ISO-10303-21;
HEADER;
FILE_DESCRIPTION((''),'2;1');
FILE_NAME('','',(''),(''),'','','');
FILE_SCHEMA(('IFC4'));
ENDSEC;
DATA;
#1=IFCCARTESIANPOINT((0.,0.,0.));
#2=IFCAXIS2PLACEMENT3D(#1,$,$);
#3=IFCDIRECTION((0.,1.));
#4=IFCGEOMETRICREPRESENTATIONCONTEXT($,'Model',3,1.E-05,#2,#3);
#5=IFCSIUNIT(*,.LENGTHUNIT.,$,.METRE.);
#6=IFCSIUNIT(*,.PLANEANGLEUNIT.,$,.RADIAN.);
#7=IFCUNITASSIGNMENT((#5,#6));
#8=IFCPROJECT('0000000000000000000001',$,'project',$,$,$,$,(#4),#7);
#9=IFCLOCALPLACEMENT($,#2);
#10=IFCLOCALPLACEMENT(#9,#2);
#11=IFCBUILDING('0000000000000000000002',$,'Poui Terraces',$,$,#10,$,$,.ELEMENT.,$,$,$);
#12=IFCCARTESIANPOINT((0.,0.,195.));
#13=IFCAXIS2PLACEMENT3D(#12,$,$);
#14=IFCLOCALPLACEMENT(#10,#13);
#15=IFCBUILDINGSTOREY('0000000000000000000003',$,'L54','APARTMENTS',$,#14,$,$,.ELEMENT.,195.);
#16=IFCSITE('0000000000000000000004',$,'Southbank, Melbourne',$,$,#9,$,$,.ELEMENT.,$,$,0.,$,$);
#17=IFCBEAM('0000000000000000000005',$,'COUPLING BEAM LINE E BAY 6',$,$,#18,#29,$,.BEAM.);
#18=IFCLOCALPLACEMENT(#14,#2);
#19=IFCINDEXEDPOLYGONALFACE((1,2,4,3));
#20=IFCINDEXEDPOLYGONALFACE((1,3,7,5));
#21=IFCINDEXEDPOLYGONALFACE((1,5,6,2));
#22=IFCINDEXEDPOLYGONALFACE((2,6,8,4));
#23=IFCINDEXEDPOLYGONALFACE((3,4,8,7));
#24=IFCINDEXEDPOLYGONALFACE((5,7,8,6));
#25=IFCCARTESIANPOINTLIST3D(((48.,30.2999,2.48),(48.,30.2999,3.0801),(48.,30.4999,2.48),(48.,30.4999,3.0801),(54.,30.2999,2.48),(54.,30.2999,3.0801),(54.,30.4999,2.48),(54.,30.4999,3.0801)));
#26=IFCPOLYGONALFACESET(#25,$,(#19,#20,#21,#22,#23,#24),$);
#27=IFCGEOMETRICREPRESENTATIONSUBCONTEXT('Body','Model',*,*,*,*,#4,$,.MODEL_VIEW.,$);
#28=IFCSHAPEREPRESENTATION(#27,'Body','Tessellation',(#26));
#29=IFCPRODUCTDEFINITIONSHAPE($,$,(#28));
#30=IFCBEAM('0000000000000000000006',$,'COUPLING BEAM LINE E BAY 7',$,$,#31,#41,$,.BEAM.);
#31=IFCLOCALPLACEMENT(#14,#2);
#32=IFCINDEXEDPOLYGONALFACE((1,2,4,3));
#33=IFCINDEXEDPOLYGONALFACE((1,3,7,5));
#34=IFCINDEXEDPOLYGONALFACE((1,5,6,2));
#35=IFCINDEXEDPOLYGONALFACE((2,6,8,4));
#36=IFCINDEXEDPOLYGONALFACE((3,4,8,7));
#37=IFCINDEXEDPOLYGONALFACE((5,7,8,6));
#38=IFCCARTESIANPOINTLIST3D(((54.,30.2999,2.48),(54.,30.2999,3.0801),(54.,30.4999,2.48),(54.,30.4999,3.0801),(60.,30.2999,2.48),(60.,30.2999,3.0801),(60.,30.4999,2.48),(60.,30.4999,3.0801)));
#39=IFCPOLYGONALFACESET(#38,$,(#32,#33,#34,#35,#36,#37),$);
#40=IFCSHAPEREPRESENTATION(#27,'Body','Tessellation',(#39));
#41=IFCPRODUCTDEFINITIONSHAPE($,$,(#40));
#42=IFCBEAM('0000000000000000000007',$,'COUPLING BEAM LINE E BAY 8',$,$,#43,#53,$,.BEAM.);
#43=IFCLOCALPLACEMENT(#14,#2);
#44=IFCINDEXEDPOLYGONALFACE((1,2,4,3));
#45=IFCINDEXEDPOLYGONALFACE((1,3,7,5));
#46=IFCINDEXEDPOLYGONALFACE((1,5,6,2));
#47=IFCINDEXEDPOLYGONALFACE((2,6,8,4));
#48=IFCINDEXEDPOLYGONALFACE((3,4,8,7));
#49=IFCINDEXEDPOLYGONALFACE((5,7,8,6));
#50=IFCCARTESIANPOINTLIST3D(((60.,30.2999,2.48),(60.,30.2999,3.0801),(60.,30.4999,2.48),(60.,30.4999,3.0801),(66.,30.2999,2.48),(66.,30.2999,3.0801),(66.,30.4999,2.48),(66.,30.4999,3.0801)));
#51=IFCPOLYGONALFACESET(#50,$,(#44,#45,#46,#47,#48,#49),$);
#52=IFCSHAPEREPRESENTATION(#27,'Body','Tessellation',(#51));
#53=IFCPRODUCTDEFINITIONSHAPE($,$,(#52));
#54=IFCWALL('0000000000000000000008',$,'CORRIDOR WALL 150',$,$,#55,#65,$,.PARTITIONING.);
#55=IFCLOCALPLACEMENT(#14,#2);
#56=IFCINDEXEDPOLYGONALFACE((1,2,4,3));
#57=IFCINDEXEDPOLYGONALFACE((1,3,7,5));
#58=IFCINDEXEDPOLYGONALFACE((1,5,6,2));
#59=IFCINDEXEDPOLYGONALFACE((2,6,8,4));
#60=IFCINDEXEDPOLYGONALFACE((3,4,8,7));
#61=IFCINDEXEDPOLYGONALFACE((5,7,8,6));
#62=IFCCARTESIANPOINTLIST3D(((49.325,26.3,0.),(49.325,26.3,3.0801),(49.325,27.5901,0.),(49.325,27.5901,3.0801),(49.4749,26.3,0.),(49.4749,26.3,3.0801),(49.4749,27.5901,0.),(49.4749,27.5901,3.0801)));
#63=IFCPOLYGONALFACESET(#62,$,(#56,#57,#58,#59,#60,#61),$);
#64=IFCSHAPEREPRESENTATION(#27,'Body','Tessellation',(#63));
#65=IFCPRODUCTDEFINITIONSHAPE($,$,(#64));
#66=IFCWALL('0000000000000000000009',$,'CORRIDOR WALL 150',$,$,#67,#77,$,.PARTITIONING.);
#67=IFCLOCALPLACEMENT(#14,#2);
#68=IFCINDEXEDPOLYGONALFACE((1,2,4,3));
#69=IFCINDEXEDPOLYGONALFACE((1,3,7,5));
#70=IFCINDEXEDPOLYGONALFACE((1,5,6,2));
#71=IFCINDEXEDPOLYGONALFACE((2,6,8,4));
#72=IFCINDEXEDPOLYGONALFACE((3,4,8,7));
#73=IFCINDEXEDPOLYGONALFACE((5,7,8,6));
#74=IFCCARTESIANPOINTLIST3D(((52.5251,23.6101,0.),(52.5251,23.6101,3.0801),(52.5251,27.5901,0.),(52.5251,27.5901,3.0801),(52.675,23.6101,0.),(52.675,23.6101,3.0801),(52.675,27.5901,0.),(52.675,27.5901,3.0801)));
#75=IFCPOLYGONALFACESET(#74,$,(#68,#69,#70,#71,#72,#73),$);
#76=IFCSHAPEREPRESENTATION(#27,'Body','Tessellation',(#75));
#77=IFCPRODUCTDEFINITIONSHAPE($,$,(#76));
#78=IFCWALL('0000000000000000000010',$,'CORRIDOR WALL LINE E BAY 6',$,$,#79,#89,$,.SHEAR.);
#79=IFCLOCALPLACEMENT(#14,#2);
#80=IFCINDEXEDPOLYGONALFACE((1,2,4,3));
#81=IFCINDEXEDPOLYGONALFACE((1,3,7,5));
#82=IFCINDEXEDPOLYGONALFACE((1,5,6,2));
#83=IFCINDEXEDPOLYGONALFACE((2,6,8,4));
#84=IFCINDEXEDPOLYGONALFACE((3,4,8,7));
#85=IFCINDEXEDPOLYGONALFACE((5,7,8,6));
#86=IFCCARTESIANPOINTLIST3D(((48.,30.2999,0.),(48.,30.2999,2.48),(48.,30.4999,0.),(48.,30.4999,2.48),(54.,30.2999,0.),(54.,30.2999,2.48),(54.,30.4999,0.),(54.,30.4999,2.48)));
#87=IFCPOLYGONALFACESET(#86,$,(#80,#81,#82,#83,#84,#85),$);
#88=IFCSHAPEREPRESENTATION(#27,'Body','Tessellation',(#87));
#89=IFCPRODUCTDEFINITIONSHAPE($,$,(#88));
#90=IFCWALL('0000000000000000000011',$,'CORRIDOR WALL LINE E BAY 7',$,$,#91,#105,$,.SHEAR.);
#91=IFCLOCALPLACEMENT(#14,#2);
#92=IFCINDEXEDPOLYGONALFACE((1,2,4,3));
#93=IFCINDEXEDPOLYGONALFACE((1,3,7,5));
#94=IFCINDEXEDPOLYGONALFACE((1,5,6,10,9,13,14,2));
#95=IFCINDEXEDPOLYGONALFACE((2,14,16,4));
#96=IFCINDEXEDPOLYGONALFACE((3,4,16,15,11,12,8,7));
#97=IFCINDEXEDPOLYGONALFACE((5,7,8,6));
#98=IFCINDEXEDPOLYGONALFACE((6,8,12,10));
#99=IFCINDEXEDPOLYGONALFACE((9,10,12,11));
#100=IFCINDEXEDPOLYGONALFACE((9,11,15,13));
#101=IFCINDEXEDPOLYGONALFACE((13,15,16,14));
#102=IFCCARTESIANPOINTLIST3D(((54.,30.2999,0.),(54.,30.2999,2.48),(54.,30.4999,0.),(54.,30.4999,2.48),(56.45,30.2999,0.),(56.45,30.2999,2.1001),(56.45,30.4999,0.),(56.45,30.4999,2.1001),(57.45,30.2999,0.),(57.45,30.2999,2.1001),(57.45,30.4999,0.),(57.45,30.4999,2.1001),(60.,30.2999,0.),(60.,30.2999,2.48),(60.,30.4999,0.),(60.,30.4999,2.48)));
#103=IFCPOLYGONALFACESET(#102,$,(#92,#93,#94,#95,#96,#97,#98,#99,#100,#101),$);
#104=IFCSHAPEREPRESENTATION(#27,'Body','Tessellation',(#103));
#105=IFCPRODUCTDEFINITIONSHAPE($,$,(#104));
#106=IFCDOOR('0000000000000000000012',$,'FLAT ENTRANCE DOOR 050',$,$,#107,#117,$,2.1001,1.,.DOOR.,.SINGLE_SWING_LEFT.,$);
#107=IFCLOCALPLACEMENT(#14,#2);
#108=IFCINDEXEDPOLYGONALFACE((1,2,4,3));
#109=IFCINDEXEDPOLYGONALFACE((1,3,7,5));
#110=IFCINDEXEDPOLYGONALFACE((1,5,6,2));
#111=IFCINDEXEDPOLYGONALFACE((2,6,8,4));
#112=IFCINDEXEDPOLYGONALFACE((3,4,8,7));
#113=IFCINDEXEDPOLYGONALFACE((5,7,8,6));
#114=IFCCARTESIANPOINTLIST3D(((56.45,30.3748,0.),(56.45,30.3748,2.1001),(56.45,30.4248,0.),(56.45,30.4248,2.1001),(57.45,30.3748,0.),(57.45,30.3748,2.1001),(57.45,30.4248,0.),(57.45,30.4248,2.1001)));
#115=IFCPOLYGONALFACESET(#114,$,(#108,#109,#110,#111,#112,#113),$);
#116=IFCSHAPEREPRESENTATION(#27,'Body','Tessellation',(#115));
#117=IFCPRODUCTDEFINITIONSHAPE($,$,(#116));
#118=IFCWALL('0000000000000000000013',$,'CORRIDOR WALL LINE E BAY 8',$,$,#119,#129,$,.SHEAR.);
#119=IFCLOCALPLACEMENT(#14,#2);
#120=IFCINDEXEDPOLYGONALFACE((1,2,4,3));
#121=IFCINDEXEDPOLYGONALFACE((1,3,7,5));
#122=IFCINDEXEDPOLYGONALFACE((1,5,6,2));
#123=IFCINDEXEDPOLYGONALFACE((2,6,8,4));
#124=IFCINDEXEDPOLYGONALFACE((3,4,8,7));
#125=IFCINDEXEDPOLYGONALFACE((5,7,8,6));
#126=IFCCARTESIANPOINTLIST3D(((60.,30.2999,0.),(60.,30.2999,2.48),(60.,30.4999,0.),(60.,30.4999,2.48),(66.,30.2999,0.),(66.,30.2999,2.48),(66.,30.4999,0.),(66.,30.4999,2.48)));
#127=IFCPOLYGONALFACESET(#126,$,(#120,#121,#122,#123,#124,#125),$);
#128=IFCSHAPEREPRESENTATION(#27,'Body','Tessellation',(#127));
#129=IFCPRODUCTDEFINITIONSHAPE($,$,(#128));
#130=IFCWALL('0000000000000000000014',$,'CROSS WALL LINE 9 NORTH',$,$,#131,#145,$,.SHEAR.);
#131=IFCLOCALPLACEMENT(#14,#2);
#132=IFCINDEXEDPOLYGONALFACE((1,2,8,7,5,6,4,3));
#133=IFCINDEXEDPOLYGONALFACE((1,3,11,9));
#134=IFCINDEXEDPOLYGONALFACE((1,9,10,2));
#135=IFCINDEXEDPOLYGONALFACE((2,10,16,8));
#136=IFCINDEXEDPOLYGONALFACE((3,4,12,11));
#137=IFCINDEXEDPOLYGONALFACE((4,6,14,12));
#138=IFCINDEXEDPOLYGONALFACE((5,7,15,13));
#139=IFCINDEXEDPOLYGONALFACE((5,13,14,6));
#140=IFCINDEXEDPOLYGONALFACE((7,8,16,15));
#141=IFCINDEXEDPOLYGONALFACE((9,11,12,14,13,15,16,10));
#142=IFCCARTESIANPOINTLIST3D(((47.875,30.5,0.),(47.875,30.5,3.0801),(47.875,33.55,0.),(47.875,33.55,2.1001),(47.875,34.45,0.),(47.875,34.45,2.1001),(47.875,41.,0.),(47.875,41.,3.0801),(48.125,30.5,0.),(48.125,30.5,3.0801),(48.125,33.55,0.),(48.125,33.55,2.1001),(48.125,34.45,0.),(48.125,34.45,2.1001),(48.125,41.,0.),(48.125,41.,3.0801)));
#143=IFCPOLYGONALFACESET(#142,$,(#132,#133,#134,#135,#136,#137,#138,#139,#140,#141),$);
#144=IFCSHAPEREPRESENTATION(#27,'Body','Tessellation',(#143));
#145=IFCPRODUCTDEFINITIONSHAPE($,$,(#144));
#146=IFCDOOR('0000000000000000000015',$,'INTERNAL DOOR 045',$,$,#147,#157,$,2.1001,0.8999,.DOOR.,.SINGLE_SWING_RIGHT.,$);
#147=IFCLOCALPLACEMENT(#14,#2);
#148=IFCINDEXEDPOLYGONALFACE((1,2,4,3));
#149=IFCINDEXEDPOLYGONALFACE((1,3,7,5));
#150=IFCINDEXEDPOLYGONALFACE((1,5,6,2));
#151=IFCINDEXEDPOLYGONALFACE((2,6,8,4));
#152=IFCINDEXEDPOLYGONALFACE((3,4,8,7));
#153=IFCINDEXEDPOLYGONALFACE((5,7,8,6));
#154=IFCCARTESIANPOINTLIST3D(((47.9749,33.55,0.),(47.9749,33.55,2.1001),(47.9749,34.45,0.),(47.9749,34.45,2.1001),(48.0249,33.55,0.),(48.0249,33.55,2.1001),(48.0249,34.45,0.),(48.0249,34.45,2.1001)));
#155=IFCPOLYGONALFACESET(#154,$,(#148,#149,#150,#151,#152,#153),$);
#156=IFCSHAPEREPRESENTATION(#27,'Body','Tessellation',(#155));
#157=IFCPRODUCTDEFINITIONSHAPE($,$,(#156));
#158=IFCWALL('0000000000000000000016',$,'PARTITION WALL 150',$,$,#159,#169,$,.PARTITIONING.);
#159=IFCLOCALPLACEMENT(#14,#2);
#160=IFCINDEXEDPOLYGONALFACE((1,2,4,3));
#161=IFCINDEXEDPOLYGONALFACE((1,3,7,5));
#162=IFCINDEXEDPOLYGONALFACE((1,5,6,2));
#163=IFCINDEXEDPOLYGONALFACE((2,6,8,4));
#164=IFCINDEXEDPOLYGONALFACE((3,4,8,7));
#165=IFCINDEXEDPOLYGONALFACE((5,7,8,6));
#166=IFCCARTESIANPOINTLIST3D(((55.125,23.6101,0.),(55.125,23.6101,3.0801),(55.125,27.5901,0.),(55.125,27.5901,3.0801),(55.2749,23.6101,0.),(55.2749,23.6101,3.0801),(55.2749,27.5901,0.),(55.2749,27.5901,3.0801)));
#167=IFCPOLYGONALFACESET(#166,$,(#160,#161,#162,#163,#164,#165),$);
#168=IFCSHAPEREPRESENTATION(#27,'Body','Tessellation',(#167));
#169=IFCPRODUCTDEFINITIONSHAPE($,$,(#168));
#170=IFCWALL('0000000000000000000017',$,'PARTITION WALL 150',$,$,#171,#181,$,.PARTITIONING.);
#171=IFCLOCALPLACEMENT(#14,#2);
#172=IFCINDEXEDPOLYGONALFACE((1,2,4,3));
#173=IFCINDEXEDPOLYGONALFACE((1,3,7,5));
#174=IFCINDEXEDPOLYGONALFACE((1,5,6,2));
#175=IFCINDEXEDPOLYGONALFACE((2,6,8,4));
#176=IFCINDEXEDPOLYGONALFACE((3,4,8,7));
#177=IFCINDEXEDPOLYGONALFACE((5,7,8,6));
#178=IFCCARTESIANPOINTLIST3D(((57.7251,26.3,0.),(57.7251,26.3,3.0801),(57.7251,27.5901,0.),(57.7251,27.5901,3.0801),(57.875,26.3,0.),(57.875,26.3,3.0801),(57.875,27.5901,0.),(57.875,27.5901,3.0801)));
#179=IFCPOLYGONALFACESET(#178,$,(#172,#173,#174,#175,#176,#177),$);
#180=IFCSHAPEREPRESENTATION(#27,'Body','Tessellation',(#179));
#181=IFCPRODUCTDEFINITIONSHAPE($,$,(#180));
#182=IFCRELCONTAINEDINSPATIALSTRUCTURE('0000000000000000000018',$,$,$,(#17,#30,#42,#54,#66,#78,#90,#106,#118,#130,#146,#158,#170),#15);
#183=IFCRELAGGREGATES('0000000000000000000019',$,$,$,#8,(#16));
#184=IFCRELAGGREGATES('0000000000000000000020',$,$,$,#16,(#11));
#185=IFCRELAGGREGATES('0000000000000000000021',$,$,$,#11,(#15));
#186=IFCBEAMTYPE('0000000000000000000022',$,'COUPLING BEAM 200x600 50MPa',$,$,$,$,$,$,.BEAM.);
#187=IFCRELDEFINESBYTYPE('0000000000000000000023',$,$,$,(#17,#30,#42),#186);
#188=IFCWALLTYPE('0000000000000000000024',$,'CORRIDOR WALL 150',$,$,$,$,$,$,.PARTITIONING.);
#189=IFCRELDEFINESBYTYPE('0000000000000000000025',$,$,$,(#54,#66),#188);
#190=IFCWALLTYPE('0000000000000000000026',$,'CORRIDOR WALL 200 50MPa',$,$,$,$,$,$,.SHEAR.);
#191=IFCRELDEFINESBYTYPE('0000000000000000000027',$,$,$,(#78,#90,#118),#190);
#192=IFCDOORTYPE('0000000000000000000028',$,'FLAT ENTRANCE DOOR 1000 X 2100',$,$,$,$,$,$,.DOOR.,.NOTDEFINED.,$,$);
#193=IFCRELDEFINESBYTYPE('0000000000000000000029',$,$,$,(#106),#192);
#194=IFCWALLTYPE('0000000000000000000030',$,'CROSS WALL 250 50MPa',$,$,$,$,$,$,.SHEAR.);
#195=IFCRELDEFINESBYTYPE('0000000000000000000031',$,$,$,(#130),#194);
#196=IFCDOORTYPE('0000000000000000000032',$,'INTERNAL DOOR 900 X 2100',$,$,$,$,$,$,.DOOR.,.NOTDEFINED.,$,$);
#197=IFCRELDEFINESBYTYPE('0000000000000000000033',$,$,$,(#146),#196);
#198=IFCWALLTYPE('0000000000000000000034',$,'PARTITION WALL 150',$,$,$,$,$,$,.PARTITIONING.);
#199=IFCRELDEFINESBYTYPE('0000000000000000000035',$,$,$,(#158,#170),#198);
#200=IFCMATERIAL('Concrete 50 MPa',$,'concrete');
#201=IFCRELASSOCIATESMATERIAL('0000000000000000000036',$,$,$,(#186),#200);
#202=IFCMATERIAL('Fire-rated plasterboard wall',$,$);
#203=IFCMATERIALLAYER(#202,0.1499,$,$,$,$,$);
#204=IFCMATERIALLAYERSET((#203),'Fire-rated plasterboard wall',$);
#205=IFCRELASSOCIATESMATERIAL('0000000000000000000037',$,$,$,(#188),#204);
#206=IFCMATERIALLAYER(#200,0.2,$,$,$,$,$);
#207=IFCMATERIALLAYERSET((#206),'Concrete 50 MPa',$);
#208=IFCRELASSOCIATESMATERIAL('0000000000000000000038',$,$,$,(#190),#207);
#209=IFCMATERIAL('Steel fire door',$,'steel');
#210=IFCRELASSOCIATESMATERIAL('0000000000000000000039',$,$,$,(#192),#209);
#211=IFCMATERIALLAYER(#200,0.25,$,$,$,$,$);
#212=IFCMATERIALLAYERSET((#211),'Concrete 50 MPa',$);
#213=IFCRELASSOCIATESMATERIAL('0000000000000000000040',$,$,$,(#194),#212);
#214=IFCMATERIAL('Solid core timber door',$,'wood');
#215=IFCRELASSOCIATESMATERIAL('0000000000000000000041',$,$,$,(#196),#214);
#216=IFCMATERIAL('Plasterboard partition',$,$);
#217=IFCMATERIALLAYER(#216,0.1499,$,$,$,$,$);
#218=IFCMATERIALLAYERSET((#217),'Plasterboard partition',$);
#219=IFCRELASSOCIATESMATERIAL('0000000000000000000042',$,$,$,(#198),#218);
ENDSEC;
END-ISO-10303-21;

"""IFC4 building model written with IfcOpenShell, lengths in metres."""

from ifc_helpers import new_model, si_unit, direction, frame, frame_2d, origin, origin_2d, place, context, subcontext, project, spatial, rectangle, extrude, source, transform, mapped, material, layer, layer_set, material_profile, profile_set, type_object, element, fill, save


model = new_model("IFC4")

# Units and contexts
model_context = context("Model", 3, precision=1e-05, world=origin(), true_north=direction((0.0, 1.0)))
body_context = subcontext(model_context, "Body", "Model", "MODEL_VIEW")
ifc_project = project(units=[si_unit("LENGTHUNIT", "METRE"), si_unit("PLANEANGLEUNIT", "RADIAN")], contexts=[model_context])

# Site, building, storey
site_placement = place(None, origin())
site = spatial("IfcSite", under=ifc_project, at=site_placement, Name="Southbank, Melbourne", CompositionType="ELEMENT", RefElevation=0.0)
building_placement = place(site_placement, origin())
building = spatial("IfcBuilding", under=site, at=building_placement, Name="Poui Terraces", CompositionType="ELEMENT")
storey_placement = place(building_placement, frame((0.0, 0.0, 195.0)))
storey = spatial("IfcBuildingStorey", under=building, at=storey_placement, Name="L54", Description="APARTMENTS", CompositionType="ELEMENT", Elevation=195.0)

# Beams
ifc_material_1 = material(Name="Concrete 50 MPa", Category="concrete")
ifc_material_profile = material_profile(ifc_material_1, rectangle(XDim=0.2, YDim=0.6001, at=origin_2d()), Name="RC 200x600")
ifc_profile_set = profile_set([ifc_material_profile], Name="Concrete 50 MPa")
beam_type = type_object("IfcBeamType", Name="COUPLING BEAM 200x600 50MPa", PredefinedType="BEAM", material=ifc_profile_set)
shared_shape = source(origin(), body_context, "Body", "SweptSolid", [
    extrude(rectangle(XDim=0.2, YDim=0.6001, at=origin_2d()), origin(), (0.0, 0.0, 1.0), 6.0),
])
for number, where, z_axis, x_axis, name in (
    (1, (48.0, 30.3999, 2.78), (1.0, 0.0, 0.0), (0.0, 1.0, 0.0), "COUPLING BEAM LINE E BAY 6"),
    (2, (54.0, 30.3999, 2.78), (1.0, 0.0, 0.0), (0.0, 1.0, 0.0), "COUPLING BEAM LINE E BAY 7"),
    (3, (60.0, 30.3999, 2.78), (1.0, 0.0, 0.0), (0.0, 1.0, 0.0), "COUPLING BEAM LINE E BAY 8"),
):
    element("IfcBeam", number, at=place(storey_placement, frame(where, z_axis=z_axis, x_axis=x_axis)), inside=storey, type_object=beam_type, Name=name, PredefinedType="BEAM", context=body_context, shape_type="MappedRepresentation", body=[
        mapped(shared_shape, transform((0.0, 0.0, 0.0))),
    ])

# Walls
ifc_material_2 = material(Name="Fire-rated plasterboard wall")
ifc_layer_1 = layer(ifc_material_2, 0.1499)
ifc_layer_set_1 = layer_set([ifc_layer_1], Name="Fire-rated plasterboard wall")
wall_type_1 = type_object("IfcWallType", Name="CORRIDOR WALL 150", PredefinedType="PARTITIONING", material=ifc_layer_set_1)
wall_1_placement = place(storey_placement, frame((49.3999, 26.3, 0.0), z_axis=(0.0, 0.0, 1.0), x_axis=(0.0, 1.0, 0.0)))
element("IfcWall", 4, at=wall_1_placement, inside=storey, type_object=wall_type_1, Name="CORRIDOR WALL 150", PredefinedType="PARTITIONING", context=body_context, shape_type="SweptSolid", body=[
    extrude(rectangle(XDim=1.29, YDim=0.1499, at=frame_2d((0.645, 0.0))), origin(), (0.0, 0.0, 1.0), 3.0801),
])
wall_2_placement = place(storey_placement, frame((52.6001, 23.6101, 0.0), z_axis=(0.0, 0.0, 1.0), x_axis=(0.0, 1.0, 0.0)))
element("IfcWall", 5, at=wall_2_placement, inside=storey, type_object=wall_type_1, Name="CORRIDOR WALL 150", PredefinedType="PARTITIONING", context=body_context, shape_type="SweptSolid", body=[
    extrude(rectangle(XDim=3.98, YDim=0.1499, at=frame_2d((1.99, 0.0))), origin(), (0.0, 0.0, 1.0), 3.0801),
])
ifc_layer_2 = layer(ifc_material_1, 0.2)
ifc_layer_set_2 = layer_set([ifc_layer_2], Name="Concrete 50 MPa")
wall_type_2 = type_object("IfcWallType", Name="CORRIDOR WALL 200 50MPa", PredefinedType="SHEAR", material=ifc_layer_set_2)
wall_3_placement = place(storey_placement, frame((48.0, 30.3999, 0.0), z_axis=(0.0, 0.0, 1.0), x_axis=(1.0, 0.0, 0.0)))
element("IfcWall", 6, at=wall_3_placement, inside=storey, type_object=wall_type_2, Name="CORRIDOR WALL LINE E BAY 6", PredefinedType="SHEAR", context=body_context, shape_type="SweptSolid", body=[
    extrude(rectangle(XDim=6.0, YDim=0.2, at=frame_2d((3.0, 0.0))), origin(), (0.0, 0.0, 1.0), 2.48),
])

# Wall, opening, door
wall_4_placement = place(storey_placement, frame((54.0, 30.3999, 0.0), z_axis=(0.0, 0.0, 1.0), x_axis=(1.0, 0.0, 0.0)))
wall_4 = element("IfcWall", 7, at=wall_4_placement, inside=storey, type_object=wall_type_2, Name="CORRIDOR WALL LINE E BAY 7", PredefinedType="SHEAR", context=body_context, shape_type="SweptSolid", body=[
    extrude(rectangle(XDim=6.0, YDim=0.2, at=frame_2d((3.0, 0.0))), origin(), (0.0, 0.0, 1.0), 2.48),
])
opening_1_placement = place(wall_4_placement, frame((2.45, 0.0, 0.0)))
opening_1 = element("IfcOpeningElement", 8, at=opening_1_placement, cuts=wall_4, PredefinedType="OPENING", context=body_context, shape_type="SweptSolid", body=[
    extrude(rectangle(XDim=1.0, YDim=2.1001, at=frame_2d((0.5, 1.05))), frame((0.0, 0.1099, 0.0), z_axis=(0.0, -1.0, 0.0), x_axis=(1.0, 0.0, 0.0)), (0.0, 0.0, 1.0), 0.22),
])
ifc_material_3 = material(Name="Steel fire door", Category="steel")
door_type_1 = type_object("IfcDoorType", Name="FLAT ENTRANCE DOOR 1000 X 2100", OperationType="NOTDEFINED", PredefinedType="DOOR", material=ifc_material_3)
door_1_placement = place(opening_1_placement, origin())
door_1 = element("IfcDoor", 9, at=door_1_placement, inside=storey, type_object=door_type_1, Name="FLAT ENTRANCE DOOR 050", OperationType="SINGLE_SWING_LEFT", OverallHeight=2.1001, OverallWidth=1.0, PredefinedType="DOOR", context=body_context, shape_type="SweptSolid", body=[
    extrude(rectangle(XDim=1.0, YDim=2.1001, at=frame_2d((0.5, 1.05))), frame((0.0, 0.0249, 0.0), z_axis=(0.0, -1.0, 0.0), x_axis=(1.0, 0.0, 0.0)), (0.0, 0.0, 1.0), 0.05),
])
fill(opening_1, door_1)

# Wall
wall_5_placement = place(storey_placement, frame((60.0, 30.3999, 0.0), z_axis=(0.0, 0.0, 1.0), x_axis=(1.0, 0.0, 0.0)))
element("IfcWall", 10, at=wall_5_placement, inside=storey, type_object=wall_type_2, Name="CORRIDOR WALL LINE E BAY 8", PredefinedType="SHEAR", context=body_context, shape_type="SweptSolid", body=[
    extrude(rectangle(XDim=6.0, YDim=0.2, at=frame_2d((3.0, 0.0))), origin(), (0.0, 0.0, 1.0), 2.48),
])

# Wall, opening, door
ifc_layer_3 = layer(ifc_material_1, 0.25)
ifc_layer_set_3 = layer_set([ifc_layer_3], Name="Concrete 50 MPa")
wall_type_3 = type_object("IfcWallType", Name="CROSS WALL 250 50MPa", PredefinedType="SHEAR", material=ifc_layer_set_3)
wall_6_placement = place(storey_placement, frame((48.0, 30.5, 0.0), z_axis=(0.0, 0.0, 1.0), x_axis=(0.0, 1.0, 0.0)))
wall_6 = element("IfcWall", 11, at=wall_6_placement, inside=storey, type_object=wall_type_3, Name="CROSS WALL LINE 9 NORTH", PredefinedType="SHEAR", context=body_context, shape_type="SweptSolid", body=[
    extrude(rectangle(XDim=10.5, YDim=0.25, at=frame_2d((5.25, 0.0))), origin(), (0.0, 0.0, 1.0), 3.0801),
])
opening_2_placement = place(wall_6_placement, frame((3.05, 0.0, 0.0)))
opening_2 = element("IfcOpeningElement", 12, at=opening_2_placement, cuts=wall_6, PredefinedType="OPENING", context=body_context, shape_type="SweptSolid", body=[
    extrude(rectangle(XDim=0.8999, YDim=2.1001, at=frame_2d((0.45, 1.05))), frame((0.0, 0.135, 0.0), z_axis=(0.0, -1.0, 0.0), x_axis=(1.0, 0.0, 0.0)), (0.0, 0.0, 1.0), 0.27),
])
ifc_material_4 = material(Name="Solid core timber door", Category="wood")
door_type_2 = type_object("IfcDoorType", Name="INTERNAL DOOR 900 X 2100", OperationType="NOTDEFINED", PredefinedType="DOOR", material=ifc_material_4)
door_2_placement = place(opening_2_placement, frame((0.8999, 0.0, 0.0), z_axis=(0.0, 0.0, 1.0), x_axis=(-1.0, 0.0, 0.0)))
door_2 = element("IfcDoor", 13, at=door_2_placement, inside=storey, type_object=door_type_2, Name="INTERNAL DOOR 045", OperationType="SINGLE_SWING_RIGHT", OverallHeight=2.1001, OverallWidth=0.8999, PredefinedType="DOOR", context=body_context, shape_type="SweptSolid", body=[
    extrude(rectangle(XDim=0.8999, YDim=2.1001, at=frame_2d((0.45, 1.05))), frame((0.0, 0.0249, 0.0), z_axis=(0.0, -1.0, 0.0), x_axis=(1.0, 0.0, 0.0)), (0.0, 0.0, 1.0), 0.05),
])
fill(opening_2, door_2)

# Walls
ifc_material_5 = material(Name="Plasterboard partition")
ifc_layer_4 = layer(ifc_material_5, 0.1499)
ifc_layer_set_4 = layer_set([ifc_layer_4], Name="Plasterboard partition")
wall_type_4 = type_object("IfcWallType", Name="PARTITION WALL 150", PredefinedType="PARTITIONING", material=ifc_layer_set_4)
wall_7_placement = place(storey_placement, frame((55.2, 23.6101, 0.0), z_axis=(0.0, 0.0, 1.0), x_axis=(0.0, 1.0, 0.0)))
element("IfcWall", 14, at=wall_7_placement, inside=storey, type_object=wall_type_4, Name="PARTITION WALL 150", PredefinedType="PARTITIONING", context=body_context, shape_type="SweptSolid", body=[
    extrude(rectangle(XDim=3.98, YDim=0.1499, at=frame_2d((1.99, 0.0))), origin(), (0.0, 0.0, 1.0), 3.0801),
])
for number, where, z_axis, x_axis, name in (
    (15, (57.8, 26.3, 0.0), (0.0, 0.0, 1.0), (0.0, 1.0, 0.0), "PARTITION WALL 150"),
):
    element("IfcWall", number, at=place(storey_placement, frame(where, z_axis=z_axis, x_axis=x_axis)), inside=storey, type_object=wall_type_4, Name=name, PredefinedType="PARTITIONING", context=body_context, shape_type="SweptSolid", body=[
        extrude(rectangle(XDim=1.29, YDim=0.1499, at=frame_2d((0.645, 0.0))), origin(), (0.0, 0.0, 1.0), 3.0801),
    ])

save(model, "model.ifc")
